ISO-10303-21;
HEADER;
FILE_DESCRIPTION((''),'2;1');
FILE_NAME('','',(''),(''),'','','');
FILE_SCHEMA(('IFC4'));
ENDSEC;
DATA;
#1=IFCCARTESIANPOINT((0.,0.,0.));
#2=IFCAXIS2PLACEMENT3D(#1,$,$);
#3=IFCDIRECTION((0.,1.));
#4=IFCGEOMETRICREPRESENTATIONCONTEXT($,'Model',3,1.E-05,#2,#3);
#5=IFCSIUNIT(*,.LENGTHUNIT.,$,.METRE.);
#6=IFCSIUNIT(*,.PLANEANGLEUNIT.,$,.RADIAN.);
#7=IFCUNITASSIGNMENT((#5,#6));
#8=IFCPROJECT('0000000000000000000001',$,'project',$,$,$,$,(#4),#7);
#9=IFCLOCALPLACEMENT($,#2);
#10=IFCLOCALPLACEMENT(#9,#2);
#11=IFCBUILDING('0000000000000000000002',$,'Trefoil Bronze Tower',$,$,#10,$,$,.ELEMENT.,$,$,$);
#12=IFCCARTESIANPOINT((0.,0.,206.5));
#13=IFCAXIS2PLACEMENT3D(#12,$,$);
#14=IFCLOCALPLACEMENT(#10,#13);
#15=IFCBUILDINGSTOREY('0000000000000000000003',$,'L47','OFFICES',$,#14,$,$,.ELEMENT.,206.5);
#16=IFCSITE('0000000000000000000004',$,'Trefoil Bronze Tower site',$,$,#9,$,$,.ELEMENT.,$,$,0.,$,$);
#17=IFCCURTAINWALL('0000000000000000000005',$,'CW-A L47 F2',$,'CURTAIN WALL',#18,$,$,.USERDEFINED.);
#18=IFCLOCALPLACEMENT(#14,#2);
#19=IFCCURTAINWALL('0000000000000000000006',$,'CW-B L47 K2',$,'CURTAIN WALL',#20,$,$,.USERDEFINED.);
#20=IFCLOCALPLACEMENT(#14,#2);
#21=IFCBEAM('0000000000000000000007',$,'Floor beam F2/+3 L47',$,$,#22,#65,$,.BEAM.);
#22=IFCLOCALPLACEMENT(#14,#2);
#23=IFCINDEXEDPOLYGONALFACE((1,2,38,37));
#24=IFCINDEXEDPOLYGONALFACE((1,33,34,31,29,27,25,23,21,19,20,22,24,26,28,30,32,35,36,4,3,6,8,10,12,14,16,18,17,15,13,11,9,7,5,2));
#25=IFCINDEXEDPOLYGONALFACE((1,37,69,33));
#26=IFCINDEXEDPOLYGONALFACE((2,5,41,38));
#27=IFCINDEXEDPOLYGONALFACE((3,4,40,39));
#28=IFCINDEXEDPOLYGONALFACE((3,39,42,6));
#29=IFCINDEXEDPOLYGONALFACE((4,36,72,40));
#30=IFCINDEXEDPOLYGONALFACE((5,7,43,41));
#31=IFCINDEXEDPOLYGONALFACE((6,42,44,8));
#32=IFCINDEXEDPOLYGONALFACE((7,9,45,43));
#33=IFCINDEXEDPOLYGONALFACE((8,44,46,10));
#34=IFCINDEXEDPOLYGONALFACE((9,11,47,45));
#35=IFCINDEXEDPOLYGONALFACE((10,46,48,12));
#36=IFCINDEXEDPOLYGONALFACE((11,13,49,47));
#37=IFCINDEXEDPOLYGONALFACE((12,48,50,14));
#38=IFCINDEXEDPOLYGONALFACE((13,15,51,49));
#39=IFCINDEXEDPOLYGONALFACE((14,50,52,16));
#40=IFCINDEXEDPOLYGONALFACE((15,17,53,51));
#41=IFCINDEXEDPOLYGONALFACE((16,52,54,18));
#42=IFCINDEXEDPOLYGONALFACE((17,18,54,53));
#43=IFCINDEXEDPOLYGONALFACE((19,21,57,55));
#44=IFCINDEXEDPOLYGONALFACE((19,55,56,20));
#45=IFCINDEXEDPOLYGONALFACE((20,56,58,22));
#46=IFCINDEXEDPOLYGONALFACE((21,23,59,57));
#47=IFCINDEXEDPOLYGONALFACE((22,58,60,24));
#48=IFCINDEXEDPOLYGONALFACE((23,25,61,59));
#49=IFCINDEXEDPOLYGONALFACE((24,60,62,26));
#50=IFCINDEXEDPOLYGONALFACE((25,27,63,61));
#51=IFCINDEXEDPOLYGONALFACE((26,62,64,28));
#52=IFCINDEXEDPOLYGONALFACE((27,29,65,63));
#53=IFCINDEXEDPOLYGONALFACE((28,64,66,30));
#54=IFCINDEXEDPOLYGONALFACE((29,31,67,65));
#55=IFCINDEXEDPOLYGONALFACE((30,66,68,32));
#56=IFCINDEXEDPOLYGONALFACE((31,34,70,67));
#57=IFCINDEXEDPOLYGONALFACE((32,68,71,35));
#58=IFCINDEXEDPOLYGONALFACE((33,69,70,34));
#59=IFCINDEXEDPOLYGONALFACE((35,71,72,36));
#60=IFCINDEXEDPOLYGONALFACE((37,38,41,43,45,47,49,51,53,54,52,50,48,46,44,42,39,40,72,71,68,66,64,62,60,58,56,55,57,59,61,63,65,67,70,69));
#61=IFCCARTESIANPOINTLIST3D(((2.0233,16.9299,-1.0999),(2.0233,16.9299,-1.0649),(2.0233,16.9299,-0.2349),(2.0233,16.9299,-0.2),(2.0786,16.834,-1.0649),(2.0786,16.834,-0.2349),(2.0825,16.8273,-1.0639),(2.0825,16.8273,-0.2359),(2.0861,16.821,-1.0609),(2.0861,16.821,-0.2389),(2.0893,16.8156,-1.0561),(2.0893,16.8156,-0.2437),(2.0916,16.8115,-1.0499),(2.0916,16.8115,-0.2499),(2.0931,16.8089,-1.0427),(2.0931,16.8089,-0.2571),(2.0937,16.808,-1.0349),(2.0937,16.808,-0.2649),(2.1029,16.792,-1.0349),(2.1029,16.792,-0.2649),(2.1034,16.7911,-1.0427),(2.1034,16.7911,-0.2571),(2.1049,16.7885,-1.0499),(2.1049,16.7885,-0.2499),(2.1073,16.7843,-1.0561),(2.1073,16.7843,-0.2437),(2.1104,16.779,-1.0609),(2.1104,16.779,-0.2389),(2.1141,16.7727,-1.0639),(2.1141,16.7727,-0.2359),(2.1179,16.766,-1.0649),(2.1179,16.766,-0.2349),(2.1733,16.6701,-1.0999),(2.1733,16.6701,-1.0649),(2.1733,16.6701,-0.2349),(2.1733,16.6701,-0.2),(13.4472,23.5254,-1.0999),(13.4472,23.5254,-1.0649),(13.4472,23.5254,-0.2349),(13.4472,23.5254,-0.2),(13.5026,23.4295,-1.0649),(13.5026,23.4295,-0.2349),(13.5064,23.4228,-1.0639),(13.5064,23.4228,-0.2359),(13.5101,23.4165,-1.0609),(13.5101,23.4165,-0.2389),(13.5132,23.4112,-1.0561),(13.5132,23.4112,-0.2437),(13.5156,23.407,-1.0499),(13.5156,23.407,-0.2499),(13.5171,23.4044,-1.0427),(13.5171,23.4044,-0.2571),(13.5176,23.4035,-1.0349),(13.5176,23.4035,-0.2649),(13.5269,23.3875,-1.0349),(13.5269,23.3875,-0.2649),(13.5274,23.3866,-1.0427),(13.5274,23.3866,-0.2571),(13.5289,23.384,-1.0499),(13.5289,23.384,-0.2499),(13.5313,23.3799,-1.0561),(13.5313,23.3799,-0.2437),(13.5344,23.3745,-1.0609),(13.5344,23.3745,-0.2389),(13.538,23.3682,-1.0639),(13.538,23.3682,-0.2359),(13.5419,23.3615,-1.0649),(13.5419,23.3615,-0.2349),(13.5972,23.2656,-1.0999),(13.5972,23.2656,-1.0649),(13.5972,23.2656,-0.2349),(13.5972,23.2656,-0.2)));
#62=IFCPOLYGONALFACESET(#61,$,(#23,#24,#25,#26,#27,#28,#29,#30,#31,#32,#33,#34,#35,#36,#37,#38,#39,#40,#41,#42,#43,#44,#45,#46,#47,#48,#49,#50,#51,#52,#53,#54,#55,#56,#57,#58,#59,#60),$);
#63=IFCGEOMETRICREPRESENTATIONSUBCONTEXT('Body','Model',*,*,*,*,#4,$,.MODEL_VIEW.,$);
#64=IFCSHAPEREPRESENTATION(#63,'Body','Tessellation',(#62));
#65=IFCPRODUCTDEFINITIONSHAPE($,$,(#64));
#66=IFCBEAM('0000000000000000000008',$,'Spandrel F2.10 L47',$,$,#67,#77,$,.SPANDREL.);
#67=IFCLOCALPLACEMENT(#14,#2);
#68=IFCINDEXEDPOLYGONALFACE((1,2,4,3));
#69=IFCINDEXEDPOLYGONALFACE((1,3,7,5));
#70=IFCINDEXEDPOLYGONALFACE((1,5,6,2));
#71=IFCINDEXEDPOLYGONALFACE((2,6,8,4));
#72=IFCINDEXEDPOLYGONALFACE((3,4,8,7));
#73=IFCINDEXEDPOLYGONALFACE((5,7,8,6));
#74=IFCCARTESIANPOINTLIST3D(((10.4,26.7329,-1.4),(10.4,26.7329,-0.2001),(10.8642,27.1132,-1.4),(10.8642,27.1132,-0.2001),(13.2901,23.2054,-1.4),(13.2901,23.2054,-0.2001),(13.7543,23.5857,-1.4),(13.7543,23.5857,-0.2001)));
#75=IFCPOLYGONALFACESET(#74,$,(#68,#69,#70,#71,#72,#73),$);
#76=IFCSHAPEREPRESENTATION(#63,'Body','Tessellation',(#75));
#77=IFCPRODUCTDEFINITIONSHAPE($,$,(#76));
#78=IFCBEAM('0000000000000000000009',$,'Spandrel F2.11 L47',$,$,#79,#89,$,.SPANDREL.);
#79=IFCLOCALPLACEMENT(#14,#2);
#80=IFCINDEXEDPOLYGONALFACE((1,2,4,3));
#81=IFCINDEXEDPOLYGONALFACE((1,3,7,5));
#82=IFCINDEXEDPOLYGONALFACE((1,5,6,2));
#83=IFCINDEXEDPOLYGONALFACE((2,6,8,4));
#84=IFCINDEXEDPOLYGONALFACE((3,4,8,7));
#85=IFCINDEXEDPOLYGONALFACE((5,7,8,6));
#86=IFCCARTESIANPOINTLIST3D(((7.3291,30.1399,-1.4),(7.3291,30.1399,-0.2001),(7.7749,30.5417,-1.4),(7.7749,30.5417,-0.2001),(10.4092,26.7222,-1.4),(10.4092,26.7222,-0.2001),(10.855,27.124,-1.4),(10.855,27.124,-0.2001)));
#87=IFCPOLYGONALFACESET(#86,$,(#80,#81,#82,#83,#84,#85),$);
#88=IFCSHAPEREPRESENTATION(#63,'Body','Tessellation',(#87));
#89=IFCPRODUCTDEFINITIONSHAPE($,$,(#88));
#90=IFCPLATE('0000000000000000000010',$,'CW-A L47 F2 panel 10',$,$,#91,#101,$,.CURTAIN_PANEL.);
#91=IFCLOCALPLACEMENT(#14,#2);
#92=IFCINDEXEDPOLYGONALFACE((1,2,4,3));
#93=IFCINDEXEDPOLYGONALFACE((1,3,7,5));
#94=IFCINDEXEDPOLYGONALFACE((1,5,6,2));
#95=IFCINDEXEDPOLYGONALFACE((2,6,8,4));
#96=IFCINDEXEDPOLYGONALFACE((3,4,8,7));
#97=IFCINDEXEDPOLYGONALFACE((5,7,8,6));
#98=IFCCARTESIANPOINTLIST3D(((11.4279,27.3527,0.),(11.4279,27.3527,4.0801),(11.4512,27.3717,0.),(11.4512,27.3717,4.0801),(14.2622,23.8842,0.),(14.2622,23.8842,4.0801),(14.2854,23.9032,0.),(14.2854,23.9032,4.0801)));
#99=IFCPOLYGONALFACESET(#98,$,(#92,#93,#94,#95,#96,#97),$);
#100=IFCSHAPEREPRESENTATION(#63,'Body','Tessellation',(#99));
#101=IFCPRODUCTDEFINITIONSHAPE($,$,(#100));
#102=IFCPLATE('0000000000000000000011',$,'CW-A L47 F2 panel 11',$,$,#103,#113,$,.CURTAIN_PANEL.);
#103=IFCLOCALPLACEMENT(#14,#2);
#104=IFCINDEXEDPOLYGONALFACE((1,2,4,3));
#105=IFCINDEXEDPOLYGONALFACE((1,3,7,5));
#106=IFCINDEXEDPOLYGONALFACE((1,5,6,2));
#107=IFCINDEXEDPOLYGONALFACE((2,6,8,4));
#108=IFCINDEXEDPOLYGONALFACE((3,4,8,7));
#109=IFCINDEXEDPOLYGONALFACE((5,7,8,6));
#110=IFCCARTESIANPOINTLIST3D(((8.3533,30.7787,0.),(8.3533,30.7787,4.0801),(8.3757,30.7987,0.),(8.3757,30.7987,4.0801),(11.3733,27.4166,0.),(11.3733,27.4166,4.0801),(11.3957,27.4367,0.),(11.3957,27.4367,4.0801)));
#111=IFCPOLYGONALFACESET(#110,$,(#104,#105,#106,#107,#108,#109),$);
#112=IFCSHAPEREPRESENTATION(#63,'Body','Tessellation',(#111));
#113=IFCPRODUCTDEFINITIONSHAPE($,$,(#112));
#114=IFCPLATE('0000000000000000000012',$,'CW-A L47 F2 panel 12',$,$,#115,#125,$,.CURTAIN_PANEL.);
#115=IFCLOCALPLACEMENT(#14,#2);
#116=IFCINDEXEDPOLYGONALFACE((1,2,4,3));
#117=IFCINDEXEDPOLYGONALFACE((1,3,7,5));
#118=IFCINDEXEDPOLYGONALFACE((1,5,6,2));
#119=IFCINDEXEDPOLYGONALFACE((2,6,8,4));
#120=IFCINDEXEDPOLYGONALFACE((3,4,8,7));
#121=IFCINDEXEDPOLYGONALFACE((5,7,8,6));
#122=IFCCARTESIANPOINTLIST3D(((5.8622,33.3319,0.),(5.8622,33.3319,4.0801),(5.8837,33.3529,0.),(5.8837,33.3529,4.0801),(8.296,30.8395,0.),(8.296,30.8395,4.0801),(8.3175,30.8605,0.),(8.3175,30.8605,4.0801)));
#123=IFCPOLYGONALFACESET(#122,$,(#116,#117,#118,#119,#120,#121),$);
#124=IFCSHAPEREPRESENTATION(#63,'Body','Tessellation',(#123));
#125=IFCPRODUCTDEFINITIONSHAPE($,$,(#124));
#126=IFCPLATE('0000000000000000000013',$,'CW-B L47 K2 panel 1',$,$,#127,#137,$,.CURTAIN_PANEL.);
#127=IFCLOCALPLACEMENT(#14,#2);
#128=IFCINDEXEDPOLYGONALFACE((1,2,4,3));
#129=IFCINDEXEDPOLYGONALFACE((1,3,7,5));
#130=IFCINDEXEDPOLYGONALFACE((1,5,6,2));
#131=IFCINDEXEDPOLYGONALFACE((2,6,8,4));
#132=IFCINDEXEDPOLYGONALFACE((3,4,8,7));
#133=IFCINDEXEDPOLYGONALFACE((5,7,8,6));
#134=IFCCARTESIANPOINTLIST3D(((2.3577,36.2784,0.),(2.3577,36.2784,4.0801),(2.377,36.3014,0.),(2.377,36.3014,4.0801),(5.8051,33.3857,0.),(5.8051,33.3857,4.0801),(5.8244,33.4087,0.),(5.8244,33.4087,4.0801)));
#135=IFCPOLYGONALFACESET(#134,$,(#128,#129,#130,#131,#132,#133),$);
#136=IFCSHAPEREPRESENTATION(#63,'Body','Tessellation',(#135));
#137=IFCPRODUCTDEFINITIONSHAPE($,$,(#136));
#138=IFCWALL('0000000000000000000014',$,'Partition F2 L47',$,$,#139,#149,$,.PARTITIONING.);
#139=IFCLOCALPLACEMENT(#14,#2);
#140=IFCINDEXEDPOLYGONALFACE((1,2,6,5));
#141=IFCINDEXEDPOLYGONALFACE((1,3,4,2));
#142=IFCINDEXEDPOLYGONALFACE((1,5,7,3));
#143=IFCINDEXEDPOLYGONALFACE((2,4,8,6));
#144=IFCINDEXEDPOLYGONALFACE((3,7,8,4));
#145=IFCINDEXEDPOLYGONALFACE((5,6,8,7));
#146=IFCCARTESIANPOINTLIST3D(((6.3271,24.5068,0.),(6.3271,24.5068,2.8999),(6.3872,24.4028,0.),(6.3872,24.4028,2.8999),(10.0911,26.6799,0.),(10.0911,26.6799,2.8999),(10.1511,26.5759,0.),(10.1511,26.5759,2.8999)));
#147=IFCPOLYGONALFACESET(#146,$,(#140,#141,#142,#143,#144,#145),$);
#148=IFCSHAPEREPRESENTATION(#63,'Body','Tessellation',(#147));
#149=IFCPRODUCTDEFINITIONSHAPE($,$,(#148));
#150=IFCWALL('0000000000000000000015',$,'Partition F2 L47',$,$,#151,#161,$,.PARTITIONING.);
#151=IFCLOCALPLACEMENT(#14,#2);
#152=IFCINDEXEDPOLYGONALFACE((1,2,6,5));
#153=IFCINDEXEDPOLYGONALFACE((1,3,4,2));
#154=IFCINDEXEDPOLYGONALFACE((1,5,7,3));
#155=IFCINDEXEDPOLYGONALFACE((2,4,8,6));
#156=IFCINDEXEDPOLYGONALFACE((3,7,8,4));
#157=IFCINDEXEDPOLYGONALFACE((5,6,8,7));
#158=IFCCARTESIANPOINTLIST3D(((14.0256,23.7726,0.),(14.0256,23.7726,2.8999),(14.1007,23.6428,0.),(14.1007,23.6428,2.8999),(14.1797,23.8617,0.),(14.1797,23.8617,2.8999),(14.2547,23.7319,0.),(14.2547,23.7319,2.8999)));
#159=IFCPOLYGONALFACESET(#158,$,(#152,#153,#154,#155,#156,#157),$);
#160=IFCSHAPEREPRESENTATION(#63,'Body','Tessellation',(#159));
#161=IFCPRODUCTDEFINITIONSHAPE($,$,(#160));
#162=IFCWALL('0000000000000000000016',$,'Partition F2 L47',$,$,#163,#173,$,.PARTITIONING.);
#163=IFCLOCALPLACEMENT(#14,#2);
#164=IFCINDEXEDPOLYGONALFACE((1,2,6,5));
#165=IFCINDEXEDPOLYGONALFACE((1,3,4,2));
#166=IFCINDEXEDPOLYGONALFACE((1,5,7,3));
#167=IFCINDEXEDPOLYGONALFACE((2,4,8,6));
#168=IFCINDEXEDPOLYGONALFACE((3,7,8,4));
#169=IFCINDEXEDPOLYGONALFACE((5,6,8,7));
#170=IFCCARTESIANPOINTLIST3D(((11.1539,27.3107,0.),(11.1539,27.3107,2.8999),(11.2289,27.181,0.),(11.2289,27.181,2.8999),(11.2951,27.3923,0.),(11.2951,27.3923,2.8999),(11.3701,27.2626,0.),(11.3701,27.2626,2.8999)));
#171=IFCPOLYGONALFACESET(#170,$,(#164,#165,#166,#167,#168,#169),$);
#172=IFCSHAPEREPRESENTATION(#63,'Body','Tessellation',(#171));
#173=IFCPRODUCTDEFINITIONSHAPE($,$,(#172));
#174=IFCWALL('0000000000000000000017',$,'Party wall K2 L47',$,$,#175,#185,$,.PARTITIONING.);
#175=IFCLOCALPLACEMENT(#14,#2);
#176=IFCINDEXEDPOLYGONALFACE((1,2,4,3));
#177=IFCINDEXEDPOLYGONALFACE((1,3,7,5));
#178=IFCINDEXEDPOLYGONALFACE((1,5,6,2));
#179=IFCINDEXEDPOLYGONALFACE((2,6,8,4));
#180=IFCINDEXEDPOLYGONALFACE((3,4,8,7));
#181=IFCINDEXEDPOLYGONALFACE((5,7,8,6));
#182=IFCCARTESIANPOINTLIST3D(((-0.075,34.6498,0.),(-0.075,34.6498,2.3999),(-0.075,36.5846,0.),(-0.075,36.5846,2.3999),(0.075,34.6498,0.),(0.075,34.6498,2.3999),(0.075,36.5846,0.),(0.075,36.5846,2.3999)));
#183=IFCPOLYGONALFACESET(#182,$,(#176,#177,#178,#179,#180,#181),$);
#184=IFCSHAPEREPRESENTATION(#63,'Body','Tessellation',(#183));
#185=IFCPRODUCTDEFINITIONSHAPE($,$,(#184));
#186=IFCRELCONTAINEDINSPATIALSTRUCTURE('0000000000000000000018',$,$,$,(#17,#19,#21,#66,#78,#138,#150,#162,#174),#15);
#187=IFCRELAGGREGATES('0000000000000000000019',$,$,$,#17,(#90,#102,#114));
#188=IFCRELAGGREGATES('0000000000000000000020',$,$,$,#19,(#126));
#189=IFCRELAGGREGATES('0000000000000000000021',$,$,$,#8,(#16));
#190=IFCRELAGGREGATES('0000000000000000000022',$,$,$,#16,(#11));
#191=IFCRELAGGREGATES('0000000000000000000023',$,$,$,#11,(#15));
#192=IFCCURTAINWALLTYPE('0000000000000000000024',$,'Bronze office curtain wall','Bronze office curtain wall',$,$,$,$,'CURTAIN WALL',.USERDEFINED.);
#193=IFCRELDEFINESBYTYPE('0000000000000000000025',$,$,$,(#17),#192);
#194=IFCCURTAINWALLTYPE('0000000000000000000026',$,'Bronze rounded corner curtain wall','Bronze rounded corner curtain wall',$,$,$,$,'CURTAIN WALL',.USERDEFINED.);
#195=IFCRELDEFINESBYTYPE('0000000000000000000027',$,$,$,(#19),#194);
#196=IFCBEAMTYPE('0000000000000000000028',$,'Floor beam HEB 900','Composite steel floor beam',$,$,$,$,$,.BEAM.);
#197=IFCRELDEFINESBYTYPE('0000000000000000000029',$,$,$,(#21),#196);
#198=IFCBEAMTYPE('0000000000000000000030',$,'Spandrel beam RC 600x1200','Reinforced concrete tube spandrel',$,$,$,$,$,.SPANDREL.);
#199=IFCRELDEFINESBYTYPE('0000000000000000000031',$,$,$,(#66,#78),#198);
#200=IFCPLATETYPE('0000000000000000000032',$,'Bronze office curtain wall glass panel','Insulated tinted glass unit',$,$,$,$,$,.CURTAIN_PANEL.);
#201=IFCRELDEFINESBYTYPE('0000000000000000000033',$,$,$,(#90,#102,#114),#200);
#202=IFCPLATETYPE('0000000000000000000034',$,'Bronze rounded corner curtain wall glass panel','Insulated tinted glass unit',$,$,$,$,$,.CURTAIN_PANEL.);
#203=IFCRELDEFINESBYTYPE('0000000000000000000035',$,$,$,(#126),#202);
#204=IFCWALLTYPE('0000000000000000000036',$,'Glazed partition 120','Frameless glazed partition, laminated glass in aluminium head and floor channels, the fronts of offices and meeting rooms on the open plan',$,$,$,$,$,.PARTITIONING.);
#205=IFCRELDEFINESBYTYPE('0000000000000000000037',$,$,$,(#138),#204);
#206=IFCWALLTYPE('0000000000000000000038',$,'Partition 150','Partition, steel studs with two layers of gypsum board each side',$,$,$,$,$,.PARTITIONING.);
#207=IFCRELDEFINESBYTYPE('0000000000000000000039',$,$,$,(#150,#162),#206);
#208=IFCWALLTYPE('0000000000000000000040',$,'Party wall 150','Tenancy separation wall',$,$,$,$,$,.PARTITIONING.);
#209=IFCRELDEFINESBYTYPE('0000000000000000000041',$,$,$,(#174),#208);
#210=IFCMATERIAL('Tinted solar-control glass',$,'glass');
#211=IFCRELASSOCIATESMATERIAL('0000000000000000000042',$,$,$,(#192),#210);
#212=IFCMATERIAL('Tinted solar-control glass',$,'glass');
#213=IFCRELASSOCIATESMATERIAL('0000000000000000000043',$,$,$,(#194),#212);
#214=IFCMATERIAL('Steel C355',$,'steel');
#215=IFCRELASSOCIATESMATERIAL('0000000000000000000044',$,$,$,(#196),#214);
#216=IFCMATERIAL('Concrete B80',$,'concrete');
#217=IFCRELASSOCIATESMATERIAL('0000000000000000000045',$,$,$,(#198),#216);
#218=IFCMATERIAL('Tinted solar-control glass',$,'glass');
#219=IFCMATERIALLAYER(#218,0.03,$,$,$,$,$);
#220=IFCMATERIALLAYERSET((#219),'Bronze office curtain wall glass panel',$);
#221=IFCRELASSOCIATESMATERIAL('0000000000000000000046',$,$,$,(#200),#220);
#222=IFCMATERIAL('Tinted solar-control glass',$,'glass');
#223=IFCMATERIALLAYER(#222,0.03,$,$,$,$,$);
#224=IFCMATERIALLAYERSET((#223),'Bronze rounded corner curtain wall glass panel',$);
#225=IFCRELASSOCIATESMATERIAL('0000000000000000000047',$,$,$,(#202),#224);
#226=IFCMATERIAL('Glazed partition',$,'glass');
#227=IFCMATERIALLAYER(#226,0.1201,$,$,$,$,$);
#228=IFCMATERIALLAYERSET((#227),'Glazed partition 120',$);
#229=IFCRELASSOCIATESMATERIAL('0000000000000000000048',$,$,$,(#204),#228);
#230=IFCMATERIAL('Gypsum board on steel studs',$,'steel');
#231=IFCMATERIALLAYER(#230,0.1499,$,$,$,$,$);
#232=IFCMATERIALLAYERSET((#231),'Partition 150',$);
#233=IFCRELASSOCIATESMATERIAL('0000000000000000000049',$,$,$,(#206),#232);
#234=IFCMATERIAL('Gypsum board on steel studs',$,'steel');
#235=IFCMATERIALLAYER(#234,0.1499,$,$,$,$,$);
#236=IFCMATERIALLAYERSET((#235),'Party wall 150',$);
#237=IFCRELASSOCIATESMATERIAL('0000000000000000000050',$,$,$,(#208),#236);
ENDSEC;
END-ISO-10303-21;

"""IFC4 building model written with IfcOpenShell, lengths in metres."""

from ifc_helpers import new_model, si_unit, direction, frame, frame_2d, origin, origin_2d, place, context, subcontext, project, spatial, rectangle, i_section, extrude, material, layer, layer_set, material_profile, profile_set, type_object, element, aggregate, save


model = new_model("IFC4")

# Units and contexts
model_context = context("Model", 3, precision=1e-05, world=origin(), true_north=direction((0.0, 1.0)))
body_context = subcontext(model_context, "Body", "Model", "MODEL_VIEW")
ifc_project = project(units=[si_unit("LENGTHUNIT", "METRE"), si_unit("PLANEANGLEUNIT", "RADIAN")], contexts=[model_context])

# Site, building, storey
site_placement = place(None, origin())
site = spatial("IfcSite", under=ifc_project, at=site_placement, Name="Trefoil Bronze Tower site", CompositionType="ELEMENT", RefElevation=0.0)
building_placement = place(site_placement, origin())
building = spatial("IfcBuilding", under=site, at=building_placement, Name="Trefoil Bronze Tower", CompositionType="ELEMENT")
storey_placement = place(building_placement, frame((0.0, 0.0, 206.5)))
storey = spatial("IfcBuildingStorey", under=building, at=storey_placement, Name="L47", Description="OFFICES", CompositionType="ELEMENT", Elevation=206.5)

# Curtain walls
ifc_material_1 = material(Name="Tinted solar-control glass", Category="glass")
curtain_wall_type_1 = type_object("IfcCurtainWallType", Name="Bronze office curtain wall", Description="Bronze office curtain wall", ElementType="CURTAIN WALL", PredefinedType="USERDEFINED", material=ifc_material_1)
curtain_wall_1_placement = place(storey_placement, origin())
curtain_wall_1 = element("IfcCurtainWall", 1, at=curtain_wall_1_placement, inside=storey, type_object=curtain_wall_type_1, Name="CW-A L47 F2", ObjectType="CURTAIN WALL", PredefinedType="USERDEFINED")
ifc_material_2 = material(Name="Tinted solar-control glass", Category="glass")
curtain_wall_type_2 = type_object("IfcCurtainWallType", Name="Bronze rounded corner curtain wall", Description="Bronze rounded corner curtain wall", ElementType="CURTAIN WALL", PredefinedType="USERDEFINED", material=ifc_material_2)
curtain_wall_2_placement = place(storey_placement, origin())
curtain_wall_2 = element("IfcCurtainWall", 2, at=curtain_wall_2_placement, inside=storey, type_object=curtain_wall_type_2, Name="CW-B L47 K2", ObjectType="CURTAIN WALL", PredefinedType="USERDEFINED")

# Beams
ifc_material_3 = material(Name="Steel C355", Category="steel")
ifc_material_profile_1 = material_profile(ifc_material_3, i_section(OverallWidth=0.3, OverallDepth=0.8999, WebThickness=0.0186, FlangeThickness=0.0349, FilletRadius=0.03, at=origin_2d()), Name="HEB 900")
ifc_profile_set_1 = profile_set([ifc_material_profile_1], Name="Steel C355")
beam_type_1 = type_object("IfcBeamType", Name="Floor beam HEB 900", Description="Composite steel floor beam", PredefinedType="BEAM", material=ifc_profile_set_1)
beam_1_placement = place(storey_placement, frame((13.5222, 23.3955, -0.6499), z_axis=(-0.866028, -0.499995, 0.0), x_axis=(0.499995, -0.866028, 0.0)))
element("IfcBeam", 3, at=beam_1_placement, inside=storey, type_object=beam_type_1, Name="Floor beam F2/+3 L47", PredefinedType="BEAM", context=body_context, shape_type="SweptSolid", body=[
    extrude(i_section(OverallWidth=0.3, OverallDepth=0.8999, WebThickness=0.0186, FlangeThickness=0.0349, FilletRadius=0.03, at=origin_2d()), origin(), (0.0, 0.0, 1.0), 13.1912),
])
ifc_material_4 = material(Name="Concrete B80", Category="concrete")
ifc_material_profile_2 = material_profile(ifc_material_4, rectangle(XDim=0.6001, YDim=1.2, at=origin_2d()), Name="RC 600x1200")
ifc_profile_set_2 = profile_set([ifc_material_profile_2], Name="Concrete B80")
beam_type_2 = type_object("IfcBeamType", Name="Spandrel beam RC 600x1200", Description="Reinforced concrete tube spandrel", PredefinedType="SPANDREL", material=ifc_profile_set_2)
beam_2_placement = place(storey_placement, frame((13.5222, 23.3955, -0.8), z_axis=(-0.633754, 0.773535, 0.0), x_axis=(-0.773535, -0.633754, 0.0)))
element("IfcBeam", 4, at=beam_2_placement, inside=storey, type_object=beam_type_2, Name="Spandrel F2.10 L47", PredefinedType="SPANDREL", context=body_context, shape_type="SweptSolid", body=[
    extrude(rectangle(XDim=0.6001, YDim=1.2, at=origin_2d()), origin(), (0.0, 0.0, 1.0), 4.5603),
])
beam_3_placement = place(storey_placement, frame((10.6321, 26.9231, -0.8), z_axis=(-0.66946, 0.742848, 0.0), x_axis=(-0.742848, -0.66946, 0.0)))
element("IfcBeam", 5, at=beam_3_placement, inside=storey, type_object=beam_type_2, Name="Spandrel F2.11 L47", PredefinedType="SPANDREL", context=body_context, shape_type="SweptSolid", body=[
    extrude(rectangle(XDim=0.6001, YDim=1.2, at=origin_2d()), origin(), (0.0, 0.0, 1.0), 4.6008),
])

# Plates
ifc_material_5 = material(Name="Tinted solar-control glass", Category="glass")
ifc_layer_1 = layer(ifc_material_5, 0.03)
ifc_layer_set_1 = layer_set([ifc_layer_1], Name="Bronze office curtain wall glass panel")
plate_type_1 = type_object("IfcPlateType", Name="Bronze office curtain wall glass panel", Description="Insulated tinted glass unit", PredefinedType="CURTAIN_PANEL", material=ifc_layer_set_1)
plate_1_placement = place(storey_placement, frame((12.8567, 25.6279, 0.0), z_axis=(0.0, 0.0, 1.0), x_axis=(-0.632753, 0.774354, 0.0)))
plate_1 = element("IfcPlate", 6, at=plate_1_placement, type_object=plate_type_1, Name="CW-A L47 F2 panel 10", PredefinedType="CURTAIN_PANEL", context=body_context, shape_type="SweptSolid", body=[
    extrude(rectangle(XDim=4.4792, YDim=0.03, at=origin_2d()), origin(), (0.0, 0.0, 1.0), 4.0801),
])
plate_2_placement = place(storey_placement, frame((9.8745, 29.1077, 0.0), z_axis=(0.0, 0.0, 1.0), x_axis=(-0.668246, 0.743941, 0.0)))
plate_2 = element("IfcPlate", 7, at=plate_2_placement, type_object=plate_type_1, Name="CW-A L47 F2 panel 11", PredefinedType="CURTAIN_PANEL", context=body_context, shape_type="SweptSolid", body=[
    extrude(rectangle(XDim=4.5193, YDim=0.03, at=origin_2d()), origin(), (0.0, 0.0, 1.0), 4.0801),
])
plate_3_placement = place(storey_placement, frame((7.0898, 32.0962, 0.0), z_axis=(0.0, 0.0, 1.0), x_axis=(-0.698652, 0.715462, 0.0)))
plate_3 = element("IfcPlate", 8, at=plate_3_placement, type_object=plate_type_1, Name="CW-A L47 F2 panel 12", PredefinedType="CURTAIN_PANEL", context=body_context, shape_type="SweptSolid", body=[
    extrude(rectangle(XDim=3.4836, YDim=0.03, at=origin_2d()), origin(), (0.0, 0.0, 1.0), 4.0801),
])
aggregate(curtain_wall_1, [plate_1, plate_2, plate_3])
ifc_material_6 = material(Name="Tinted solar-control glass", Category="glass")
ifc_layer_2 = layer(ifc_material_6, 0.03)
ifc_layer_set_2 = layer_set([ifc_layer_2], Name="Bronze rounded corner curtain wall glass panel")
plate_type_2 = type_object("IfcPlateType", Name="Bronze rounded corner curtain wall glass panel", Description="Insulated tinted glass unit", PredefinedType="CURTAIN_PANEL", material=ifc_layer_set_2)
plate_4_placement = place(storey_placement, frame((4.0911, 34.8435, 0.0), z_axis=(0.0, 0.0, 1.0), x_axis=(-0.766044, 0.642788, 0.0)))
plate_4 = element("IfcPlate", 9, at=plate_4_placement, type_object=plate_type_2, Name="CW-B L47 K2 panel 1", PredefinedType="CURTAIN_PANEL", context=body_context, shape_type="SweptSolid", body=[
    extrude(rectangle(XDim=4.5002, YDim=0.03, at=origin_2d()), origin(), (0.0, 0.0, 1.0), 4.0801),
])
aggregate(curtain_wall_2, [plate_4])

# Walls
ifc_material_7 = material(Name="Glazed partition", Category="glass")
ifc_layer_3 = layer(ifc_material_7, 0.1201)
ifc_layer_set_3 = layer_set([ifc_layer_3], Name="Glazed partition 120")
wall_type_1 = type_object("IfcWallType", Name="Glazed partition 120", Description="Frameless glazed partition, laminated glass in aluminium head and floor channels, the fronts of offices and meeting rooms on the open plan", PredefinedType="PARTITIONING", material=ifc_layer_set_3)
wall_1_placement = place(storey_placement, frame((6.3572, 24.4548, 0.0), z_axis=(0.0, 0.0, 1.0), x_axis=(0.866026, 0.5, 0.0)))
element("IfcWall", 10, at=wall_1_placement, inside=storey, type_object=wall_type_1, Name="Partition F2 L47", PredefinedType="PARTITIONING", context=body_context, shape_type="SweptSolid", body=[
    extrude(rectangle(XDim=4.3462, YDim=0.1201, at=frame_2d((2.1731, 0.0))), origin(), (0.0, 0.0, 1.0), 2.8999),
])
ifc_material_8 = material(Name="Gypsum board on steel studs", Category="steel")
ifc_layer_4 = layer(ifc_material_8, 0.1499)
ifc_layer_set_4 = layer_set([ifc_layer_4], Name="Partition 150")
wall_type_2 = type_object("IfcWallType", Name="Partition 150", Description="Partition, steel studs with two layers of gypsum board each side", PredefinedType="PARTITIONING", material=ifc_layer_set_4)
wall_2_placement = place(storey_placement, frame((14.0632, 23.7078, 0.0), z_axis=(0.0, 0.0, 1.0), x_axis=(0.865614, 0.500712, 0.0)))
element("IfcWall", 11, at=wall_2_placement, inside=storey, type_object=wall_type_2, Name="Partition F2 L47", PredefinedType="PARTITIONING", context=body_context, shape_type="SweptSolid", body=[
    extrude(rectangle(XDim=0.178, YDim=0.1499, at=frame_2d((0.0889, 0.0))), origin(), (0.0, 0.0, 1.0), 2.8999),
])
wall_3_placement = place(storey_placement, frame((11.1914, 27.2458, 0.0), z_axis=(0.0, 0.0, 1.0), x_axis=(0.865836, 0.500328, 0.0)))
element("IfcWall", 12, at=wall_3_placement, inside=storey, type_object=wall_type_2, Name="Partition F2 L47", PredefinedType="PARTITIONING", context=body_context, shape_type="SweptSolid", body=[
    extrude(rectangle(XDim=0.1631, YDim=0.1499, at=frame_2d((0.0815, 0.0))), origin(), (0.0, 0.0, 1.0), 2.8999),
])
ifc_material_9 = material(Name="Gypsum board on steel studs", Category="steel")
ifc_layer_5 = layer(ifc_material_9, 0.1499)
ifc_layer_set_5 = layer_set([ifc_layer_5], Name="Party wall 150")
wall_type_3 = type_object("IfcWallType", Name="Party wall 150", Description="Tenancy separation wall", PredefinedType="PARTITIONING", material=ifc_layer_set_5)
wall_4_placement = place(storey_placement, frame((0.0, 34.6499, 0.0), z_axis=(0.0, 0.0, 1.0), x_axis=(0.0, 1.0, 0.0)))
element("IfcWall", 13, at=wall_4_placement, inside=storey, type_object=wall_type_3, Name="Party wall K2 L47", PredefinedType="PARTITIONING", context=body_context, shape_type="SweptSolid", body=[
    extrude(rectangle(XDim=1.9348, YDim=0.1499, at=frame_2d((0.9673, 0.0))), origin(), (0.0, 0.0, 1.0), 2.3999),
])

save(model, "model.ifc")
